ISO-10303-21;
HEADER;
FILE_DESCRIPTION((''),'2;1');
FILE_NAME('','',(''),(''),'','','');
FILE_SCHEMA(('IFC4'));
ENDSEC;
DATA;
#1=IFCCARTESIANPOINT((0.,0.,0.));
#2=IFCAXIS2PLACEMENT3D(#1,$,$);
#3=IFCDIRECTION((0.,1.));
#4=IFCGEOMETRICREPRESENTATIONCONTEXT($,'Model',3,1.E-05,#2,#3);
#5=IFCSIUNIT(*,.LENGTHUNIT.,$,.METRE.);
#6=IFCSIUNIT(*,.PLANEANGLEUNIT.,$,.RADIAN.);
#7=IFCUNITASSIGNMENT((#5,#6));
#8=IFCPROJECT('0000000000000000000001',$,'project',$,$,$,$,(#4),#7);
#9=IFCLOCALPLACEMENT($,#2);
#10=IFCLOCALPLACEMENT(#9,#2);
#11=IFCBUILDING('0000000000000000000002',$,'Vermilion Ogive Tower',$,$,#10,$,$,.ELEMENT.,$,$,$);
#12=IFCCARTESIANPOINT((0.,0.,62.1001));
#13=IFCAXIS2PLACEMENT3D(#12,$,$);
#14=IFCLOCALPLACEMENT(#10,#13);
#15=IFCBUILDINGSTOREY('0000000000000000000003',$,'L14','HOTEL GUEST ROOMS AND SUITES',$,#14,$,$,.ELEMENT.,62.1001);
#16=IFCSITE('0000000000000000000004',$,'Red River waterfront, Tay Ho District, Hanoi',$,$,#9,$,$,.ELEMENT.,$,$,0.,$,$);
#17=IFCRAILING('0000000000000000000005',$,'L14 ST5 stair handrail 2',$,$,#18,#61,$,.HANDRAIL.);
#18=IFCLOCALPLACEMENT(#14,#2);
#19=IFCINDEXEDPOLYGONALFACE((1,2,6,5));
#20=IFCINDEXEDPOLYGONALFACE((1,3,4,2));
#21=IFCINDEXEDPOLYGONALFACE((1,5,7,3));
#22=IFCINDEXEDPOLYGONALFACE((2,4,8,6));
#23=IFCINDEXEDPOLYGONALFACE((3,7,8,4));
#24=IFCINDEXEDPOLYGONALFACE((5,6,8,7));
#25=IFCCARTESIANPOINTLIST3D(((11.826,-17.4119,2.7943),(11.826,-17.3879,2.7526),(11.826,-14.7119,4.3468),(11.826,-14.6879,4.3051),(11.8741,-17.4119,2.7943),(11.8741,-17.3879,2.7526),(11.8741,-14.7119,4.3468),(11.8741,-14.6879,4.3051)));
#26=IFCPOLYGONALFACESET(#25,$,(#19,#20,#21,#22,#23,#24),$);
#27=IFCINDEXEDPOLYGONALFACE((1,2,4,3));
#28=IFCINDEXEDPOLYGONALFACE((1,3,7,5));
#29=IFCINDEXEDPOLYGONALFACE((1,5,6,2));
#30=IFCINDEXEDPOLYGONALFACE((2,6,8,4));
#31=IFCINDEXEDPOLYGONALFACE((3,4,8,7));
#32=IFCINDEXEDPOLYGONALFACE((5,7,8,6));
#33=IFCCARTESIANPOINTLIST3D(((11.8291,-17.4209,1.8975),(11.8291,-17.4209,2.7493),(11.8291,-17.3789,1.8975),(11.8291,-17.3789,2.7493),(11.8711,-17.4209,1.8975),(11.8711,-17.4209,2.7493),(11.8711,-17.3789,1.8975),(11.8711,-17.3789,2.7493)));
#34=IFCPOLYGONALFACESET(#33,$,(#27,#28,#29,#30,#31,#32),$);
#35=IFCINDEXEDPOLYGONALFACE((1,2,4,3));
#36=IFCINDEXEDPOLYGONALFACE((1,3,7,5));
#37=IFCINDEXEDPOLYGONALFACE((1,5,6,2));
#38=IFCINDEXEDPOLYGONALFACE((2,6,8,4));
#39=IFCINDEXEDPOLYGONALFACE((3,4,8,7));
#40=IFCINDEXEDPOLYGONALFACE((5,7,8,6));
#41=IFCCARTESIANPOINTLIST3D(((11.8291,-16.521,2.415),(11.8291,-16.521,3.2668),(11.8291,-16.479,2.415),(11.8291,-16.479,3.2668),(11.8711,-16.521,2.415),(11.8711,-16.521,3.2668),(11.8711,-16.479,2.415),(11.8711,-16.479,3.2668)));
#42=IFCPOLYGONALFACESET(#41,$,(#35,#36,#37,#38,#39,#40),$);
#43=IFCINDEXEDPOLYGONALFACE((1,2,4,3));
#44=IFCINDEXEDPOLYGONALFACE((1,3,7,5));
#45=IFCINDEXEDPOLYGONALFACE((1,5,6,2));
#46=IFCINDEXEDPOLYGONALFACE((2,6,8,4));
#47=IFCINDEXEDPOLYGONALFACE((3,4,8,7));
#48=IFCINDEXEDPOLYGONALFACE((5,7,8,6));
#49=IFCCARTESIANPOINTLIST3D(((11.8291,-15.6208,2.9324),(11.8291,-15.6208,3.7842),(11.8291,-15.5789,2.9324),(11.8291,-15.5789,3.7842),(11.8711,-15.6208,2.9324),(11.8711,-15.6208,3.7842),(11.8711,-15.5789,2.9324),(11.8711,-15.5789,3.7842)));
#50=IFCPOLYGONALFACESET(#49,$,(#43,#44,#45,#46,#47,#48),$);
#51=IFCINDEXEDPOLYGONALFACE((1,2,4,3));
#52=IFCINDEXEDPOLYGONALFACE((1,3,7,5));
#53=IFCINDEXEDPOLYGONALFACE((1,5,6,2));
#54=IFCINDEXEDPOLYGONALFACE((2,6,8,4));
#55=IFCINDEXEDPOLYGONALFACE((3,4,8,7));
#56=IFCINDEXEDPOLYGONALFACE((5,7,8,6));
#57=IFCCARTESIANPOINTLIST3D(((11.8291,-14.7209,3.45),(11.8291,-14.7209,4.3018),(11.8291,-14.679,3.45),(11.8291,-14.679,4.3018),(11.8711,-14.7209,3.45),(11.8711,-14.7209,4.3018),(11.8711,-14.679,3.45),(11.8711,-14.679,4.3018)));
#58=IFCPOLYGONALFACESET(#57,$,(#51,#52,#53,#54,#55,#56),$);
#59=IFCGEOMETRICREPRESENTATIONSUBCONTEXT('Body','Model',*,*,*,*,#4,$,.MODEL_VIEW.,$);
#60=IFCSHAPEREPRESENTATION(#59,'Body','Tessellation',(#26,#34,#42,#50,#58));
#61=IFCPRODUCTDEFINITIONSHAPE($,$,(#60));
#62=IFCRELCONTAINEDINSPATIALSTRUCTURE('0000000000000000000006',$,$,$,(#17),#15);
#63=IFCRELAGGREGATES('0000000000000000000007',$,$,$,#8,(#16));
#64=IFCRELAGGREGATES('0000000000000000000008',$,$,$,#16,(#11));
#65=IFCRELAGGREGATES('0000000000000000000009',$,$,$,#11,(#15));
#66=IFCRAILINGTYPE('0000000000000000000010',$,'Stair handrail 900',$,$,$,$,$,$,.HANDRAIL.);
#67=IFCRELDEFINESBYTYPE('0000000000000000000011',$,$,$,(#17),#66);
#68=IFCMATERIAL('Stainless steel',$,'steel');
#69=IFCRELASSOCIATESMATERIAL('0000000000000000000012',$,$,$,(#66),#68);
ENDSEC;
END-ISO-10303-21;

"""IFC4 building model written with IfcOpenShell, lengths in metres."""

from ifc_helpers import new_model, si_unit, direction, frame, origin, origin_2d, place, context, subcontext, project, spatial, rectangle, extrude, material, type_object, element, save


model = new_model("IFC4")

# Units and contexts
model_context = context("Model", 3, precision=1e-05, world=origin(), true_north=direction((0.0, 1.0)))
body_context = subcontext(model_context, "Body", "Model", "MODEL_VIEW")
ifc_project = project(units=[si_unit("LENGTHUNIT", "METRE"), si_unit("PLANEANGLEUNIT", "RADIAN")], contexts=[model_context])

# Site, building, storey
site_placement = place(None, origin())
site = spatial("IfcSite", under=ifc_project, at=site_placement, Name="Red River waterfront, Tay Ho District, Hanoi", CompositionType="ELEMENT", RefElevation=0.0)
building_placement = place(site_placement, origin())
building = spatial("IfcBuilding", under=site, at=building_placement, Name="Vermilion Ogive Tower", CompositionType="ELEMENT")
storey_placement = place(building_placement, frame((0.0, 0.0, 62.1001)))
storey = spatial("IfcBuildingStorey", under=building, at=storey_placement, Name="L14", Description="HOTEL GUEST ROOMS AND SUITES", CompositionType="ELEMENT", Elevation=62.1001)

# Railing
ifc_material_1 = material(Name="Stainless steel", Category="steel")
railing_type_1 = type_object("IfcRailingType", Name="Stair handrail 900", PredefinedType="HANDRAIL", material=ifc_material_1)
railing_1_placement = place(storey_placement, frame((11.8501, -17.3999, 1.8975)))
element("IfcRailing", 1, at=railing_1_placement, inside=storey, type_object=railing_type_1, Name="L14 ST5 stair handrail 2", PredefinedType="HANDRAIL", context=body_context, shape_type="SweptSolid", body=[
    extrude(rectangle(XDim=0.0481, YDim=0.0481, at=origin_2d()), frame((0.0, 0.0, 0.876), z_axis=(0.0, 0.866904, 0.498476), x_axis=(-1.0, 0.0, 0.0)), (0.0, 0.0, 1.0), 3.1145),
    extrude(rectangle(XDim=0.042, YDim=0.042, at=origin_2d()), origin(), (0.0, 0.0, 1.0), 0.8518),
    extrude(rectangle(XDim=0.042, YDim=0.042, at=origin_2d()), frame((0.0, 0.8999, 0.5176)), (0.0, 0.0, 1.0), 0.8518),
    extrude(rectangle(XDim=0.042, YDim=0.042, at=origin_2d()), frame((0.0, 1.8, 1.0349)), (0.0, 0.0, 1.0), 0.8518),
    extrude(rectangle(XDim=0.042, YDim=0.042, at=origin_2d()), frame((0.0, 2.7, 1.5525)), (0.0, 0.0, 1.0), 0.8518),
])

save(model, "model.ifc")
